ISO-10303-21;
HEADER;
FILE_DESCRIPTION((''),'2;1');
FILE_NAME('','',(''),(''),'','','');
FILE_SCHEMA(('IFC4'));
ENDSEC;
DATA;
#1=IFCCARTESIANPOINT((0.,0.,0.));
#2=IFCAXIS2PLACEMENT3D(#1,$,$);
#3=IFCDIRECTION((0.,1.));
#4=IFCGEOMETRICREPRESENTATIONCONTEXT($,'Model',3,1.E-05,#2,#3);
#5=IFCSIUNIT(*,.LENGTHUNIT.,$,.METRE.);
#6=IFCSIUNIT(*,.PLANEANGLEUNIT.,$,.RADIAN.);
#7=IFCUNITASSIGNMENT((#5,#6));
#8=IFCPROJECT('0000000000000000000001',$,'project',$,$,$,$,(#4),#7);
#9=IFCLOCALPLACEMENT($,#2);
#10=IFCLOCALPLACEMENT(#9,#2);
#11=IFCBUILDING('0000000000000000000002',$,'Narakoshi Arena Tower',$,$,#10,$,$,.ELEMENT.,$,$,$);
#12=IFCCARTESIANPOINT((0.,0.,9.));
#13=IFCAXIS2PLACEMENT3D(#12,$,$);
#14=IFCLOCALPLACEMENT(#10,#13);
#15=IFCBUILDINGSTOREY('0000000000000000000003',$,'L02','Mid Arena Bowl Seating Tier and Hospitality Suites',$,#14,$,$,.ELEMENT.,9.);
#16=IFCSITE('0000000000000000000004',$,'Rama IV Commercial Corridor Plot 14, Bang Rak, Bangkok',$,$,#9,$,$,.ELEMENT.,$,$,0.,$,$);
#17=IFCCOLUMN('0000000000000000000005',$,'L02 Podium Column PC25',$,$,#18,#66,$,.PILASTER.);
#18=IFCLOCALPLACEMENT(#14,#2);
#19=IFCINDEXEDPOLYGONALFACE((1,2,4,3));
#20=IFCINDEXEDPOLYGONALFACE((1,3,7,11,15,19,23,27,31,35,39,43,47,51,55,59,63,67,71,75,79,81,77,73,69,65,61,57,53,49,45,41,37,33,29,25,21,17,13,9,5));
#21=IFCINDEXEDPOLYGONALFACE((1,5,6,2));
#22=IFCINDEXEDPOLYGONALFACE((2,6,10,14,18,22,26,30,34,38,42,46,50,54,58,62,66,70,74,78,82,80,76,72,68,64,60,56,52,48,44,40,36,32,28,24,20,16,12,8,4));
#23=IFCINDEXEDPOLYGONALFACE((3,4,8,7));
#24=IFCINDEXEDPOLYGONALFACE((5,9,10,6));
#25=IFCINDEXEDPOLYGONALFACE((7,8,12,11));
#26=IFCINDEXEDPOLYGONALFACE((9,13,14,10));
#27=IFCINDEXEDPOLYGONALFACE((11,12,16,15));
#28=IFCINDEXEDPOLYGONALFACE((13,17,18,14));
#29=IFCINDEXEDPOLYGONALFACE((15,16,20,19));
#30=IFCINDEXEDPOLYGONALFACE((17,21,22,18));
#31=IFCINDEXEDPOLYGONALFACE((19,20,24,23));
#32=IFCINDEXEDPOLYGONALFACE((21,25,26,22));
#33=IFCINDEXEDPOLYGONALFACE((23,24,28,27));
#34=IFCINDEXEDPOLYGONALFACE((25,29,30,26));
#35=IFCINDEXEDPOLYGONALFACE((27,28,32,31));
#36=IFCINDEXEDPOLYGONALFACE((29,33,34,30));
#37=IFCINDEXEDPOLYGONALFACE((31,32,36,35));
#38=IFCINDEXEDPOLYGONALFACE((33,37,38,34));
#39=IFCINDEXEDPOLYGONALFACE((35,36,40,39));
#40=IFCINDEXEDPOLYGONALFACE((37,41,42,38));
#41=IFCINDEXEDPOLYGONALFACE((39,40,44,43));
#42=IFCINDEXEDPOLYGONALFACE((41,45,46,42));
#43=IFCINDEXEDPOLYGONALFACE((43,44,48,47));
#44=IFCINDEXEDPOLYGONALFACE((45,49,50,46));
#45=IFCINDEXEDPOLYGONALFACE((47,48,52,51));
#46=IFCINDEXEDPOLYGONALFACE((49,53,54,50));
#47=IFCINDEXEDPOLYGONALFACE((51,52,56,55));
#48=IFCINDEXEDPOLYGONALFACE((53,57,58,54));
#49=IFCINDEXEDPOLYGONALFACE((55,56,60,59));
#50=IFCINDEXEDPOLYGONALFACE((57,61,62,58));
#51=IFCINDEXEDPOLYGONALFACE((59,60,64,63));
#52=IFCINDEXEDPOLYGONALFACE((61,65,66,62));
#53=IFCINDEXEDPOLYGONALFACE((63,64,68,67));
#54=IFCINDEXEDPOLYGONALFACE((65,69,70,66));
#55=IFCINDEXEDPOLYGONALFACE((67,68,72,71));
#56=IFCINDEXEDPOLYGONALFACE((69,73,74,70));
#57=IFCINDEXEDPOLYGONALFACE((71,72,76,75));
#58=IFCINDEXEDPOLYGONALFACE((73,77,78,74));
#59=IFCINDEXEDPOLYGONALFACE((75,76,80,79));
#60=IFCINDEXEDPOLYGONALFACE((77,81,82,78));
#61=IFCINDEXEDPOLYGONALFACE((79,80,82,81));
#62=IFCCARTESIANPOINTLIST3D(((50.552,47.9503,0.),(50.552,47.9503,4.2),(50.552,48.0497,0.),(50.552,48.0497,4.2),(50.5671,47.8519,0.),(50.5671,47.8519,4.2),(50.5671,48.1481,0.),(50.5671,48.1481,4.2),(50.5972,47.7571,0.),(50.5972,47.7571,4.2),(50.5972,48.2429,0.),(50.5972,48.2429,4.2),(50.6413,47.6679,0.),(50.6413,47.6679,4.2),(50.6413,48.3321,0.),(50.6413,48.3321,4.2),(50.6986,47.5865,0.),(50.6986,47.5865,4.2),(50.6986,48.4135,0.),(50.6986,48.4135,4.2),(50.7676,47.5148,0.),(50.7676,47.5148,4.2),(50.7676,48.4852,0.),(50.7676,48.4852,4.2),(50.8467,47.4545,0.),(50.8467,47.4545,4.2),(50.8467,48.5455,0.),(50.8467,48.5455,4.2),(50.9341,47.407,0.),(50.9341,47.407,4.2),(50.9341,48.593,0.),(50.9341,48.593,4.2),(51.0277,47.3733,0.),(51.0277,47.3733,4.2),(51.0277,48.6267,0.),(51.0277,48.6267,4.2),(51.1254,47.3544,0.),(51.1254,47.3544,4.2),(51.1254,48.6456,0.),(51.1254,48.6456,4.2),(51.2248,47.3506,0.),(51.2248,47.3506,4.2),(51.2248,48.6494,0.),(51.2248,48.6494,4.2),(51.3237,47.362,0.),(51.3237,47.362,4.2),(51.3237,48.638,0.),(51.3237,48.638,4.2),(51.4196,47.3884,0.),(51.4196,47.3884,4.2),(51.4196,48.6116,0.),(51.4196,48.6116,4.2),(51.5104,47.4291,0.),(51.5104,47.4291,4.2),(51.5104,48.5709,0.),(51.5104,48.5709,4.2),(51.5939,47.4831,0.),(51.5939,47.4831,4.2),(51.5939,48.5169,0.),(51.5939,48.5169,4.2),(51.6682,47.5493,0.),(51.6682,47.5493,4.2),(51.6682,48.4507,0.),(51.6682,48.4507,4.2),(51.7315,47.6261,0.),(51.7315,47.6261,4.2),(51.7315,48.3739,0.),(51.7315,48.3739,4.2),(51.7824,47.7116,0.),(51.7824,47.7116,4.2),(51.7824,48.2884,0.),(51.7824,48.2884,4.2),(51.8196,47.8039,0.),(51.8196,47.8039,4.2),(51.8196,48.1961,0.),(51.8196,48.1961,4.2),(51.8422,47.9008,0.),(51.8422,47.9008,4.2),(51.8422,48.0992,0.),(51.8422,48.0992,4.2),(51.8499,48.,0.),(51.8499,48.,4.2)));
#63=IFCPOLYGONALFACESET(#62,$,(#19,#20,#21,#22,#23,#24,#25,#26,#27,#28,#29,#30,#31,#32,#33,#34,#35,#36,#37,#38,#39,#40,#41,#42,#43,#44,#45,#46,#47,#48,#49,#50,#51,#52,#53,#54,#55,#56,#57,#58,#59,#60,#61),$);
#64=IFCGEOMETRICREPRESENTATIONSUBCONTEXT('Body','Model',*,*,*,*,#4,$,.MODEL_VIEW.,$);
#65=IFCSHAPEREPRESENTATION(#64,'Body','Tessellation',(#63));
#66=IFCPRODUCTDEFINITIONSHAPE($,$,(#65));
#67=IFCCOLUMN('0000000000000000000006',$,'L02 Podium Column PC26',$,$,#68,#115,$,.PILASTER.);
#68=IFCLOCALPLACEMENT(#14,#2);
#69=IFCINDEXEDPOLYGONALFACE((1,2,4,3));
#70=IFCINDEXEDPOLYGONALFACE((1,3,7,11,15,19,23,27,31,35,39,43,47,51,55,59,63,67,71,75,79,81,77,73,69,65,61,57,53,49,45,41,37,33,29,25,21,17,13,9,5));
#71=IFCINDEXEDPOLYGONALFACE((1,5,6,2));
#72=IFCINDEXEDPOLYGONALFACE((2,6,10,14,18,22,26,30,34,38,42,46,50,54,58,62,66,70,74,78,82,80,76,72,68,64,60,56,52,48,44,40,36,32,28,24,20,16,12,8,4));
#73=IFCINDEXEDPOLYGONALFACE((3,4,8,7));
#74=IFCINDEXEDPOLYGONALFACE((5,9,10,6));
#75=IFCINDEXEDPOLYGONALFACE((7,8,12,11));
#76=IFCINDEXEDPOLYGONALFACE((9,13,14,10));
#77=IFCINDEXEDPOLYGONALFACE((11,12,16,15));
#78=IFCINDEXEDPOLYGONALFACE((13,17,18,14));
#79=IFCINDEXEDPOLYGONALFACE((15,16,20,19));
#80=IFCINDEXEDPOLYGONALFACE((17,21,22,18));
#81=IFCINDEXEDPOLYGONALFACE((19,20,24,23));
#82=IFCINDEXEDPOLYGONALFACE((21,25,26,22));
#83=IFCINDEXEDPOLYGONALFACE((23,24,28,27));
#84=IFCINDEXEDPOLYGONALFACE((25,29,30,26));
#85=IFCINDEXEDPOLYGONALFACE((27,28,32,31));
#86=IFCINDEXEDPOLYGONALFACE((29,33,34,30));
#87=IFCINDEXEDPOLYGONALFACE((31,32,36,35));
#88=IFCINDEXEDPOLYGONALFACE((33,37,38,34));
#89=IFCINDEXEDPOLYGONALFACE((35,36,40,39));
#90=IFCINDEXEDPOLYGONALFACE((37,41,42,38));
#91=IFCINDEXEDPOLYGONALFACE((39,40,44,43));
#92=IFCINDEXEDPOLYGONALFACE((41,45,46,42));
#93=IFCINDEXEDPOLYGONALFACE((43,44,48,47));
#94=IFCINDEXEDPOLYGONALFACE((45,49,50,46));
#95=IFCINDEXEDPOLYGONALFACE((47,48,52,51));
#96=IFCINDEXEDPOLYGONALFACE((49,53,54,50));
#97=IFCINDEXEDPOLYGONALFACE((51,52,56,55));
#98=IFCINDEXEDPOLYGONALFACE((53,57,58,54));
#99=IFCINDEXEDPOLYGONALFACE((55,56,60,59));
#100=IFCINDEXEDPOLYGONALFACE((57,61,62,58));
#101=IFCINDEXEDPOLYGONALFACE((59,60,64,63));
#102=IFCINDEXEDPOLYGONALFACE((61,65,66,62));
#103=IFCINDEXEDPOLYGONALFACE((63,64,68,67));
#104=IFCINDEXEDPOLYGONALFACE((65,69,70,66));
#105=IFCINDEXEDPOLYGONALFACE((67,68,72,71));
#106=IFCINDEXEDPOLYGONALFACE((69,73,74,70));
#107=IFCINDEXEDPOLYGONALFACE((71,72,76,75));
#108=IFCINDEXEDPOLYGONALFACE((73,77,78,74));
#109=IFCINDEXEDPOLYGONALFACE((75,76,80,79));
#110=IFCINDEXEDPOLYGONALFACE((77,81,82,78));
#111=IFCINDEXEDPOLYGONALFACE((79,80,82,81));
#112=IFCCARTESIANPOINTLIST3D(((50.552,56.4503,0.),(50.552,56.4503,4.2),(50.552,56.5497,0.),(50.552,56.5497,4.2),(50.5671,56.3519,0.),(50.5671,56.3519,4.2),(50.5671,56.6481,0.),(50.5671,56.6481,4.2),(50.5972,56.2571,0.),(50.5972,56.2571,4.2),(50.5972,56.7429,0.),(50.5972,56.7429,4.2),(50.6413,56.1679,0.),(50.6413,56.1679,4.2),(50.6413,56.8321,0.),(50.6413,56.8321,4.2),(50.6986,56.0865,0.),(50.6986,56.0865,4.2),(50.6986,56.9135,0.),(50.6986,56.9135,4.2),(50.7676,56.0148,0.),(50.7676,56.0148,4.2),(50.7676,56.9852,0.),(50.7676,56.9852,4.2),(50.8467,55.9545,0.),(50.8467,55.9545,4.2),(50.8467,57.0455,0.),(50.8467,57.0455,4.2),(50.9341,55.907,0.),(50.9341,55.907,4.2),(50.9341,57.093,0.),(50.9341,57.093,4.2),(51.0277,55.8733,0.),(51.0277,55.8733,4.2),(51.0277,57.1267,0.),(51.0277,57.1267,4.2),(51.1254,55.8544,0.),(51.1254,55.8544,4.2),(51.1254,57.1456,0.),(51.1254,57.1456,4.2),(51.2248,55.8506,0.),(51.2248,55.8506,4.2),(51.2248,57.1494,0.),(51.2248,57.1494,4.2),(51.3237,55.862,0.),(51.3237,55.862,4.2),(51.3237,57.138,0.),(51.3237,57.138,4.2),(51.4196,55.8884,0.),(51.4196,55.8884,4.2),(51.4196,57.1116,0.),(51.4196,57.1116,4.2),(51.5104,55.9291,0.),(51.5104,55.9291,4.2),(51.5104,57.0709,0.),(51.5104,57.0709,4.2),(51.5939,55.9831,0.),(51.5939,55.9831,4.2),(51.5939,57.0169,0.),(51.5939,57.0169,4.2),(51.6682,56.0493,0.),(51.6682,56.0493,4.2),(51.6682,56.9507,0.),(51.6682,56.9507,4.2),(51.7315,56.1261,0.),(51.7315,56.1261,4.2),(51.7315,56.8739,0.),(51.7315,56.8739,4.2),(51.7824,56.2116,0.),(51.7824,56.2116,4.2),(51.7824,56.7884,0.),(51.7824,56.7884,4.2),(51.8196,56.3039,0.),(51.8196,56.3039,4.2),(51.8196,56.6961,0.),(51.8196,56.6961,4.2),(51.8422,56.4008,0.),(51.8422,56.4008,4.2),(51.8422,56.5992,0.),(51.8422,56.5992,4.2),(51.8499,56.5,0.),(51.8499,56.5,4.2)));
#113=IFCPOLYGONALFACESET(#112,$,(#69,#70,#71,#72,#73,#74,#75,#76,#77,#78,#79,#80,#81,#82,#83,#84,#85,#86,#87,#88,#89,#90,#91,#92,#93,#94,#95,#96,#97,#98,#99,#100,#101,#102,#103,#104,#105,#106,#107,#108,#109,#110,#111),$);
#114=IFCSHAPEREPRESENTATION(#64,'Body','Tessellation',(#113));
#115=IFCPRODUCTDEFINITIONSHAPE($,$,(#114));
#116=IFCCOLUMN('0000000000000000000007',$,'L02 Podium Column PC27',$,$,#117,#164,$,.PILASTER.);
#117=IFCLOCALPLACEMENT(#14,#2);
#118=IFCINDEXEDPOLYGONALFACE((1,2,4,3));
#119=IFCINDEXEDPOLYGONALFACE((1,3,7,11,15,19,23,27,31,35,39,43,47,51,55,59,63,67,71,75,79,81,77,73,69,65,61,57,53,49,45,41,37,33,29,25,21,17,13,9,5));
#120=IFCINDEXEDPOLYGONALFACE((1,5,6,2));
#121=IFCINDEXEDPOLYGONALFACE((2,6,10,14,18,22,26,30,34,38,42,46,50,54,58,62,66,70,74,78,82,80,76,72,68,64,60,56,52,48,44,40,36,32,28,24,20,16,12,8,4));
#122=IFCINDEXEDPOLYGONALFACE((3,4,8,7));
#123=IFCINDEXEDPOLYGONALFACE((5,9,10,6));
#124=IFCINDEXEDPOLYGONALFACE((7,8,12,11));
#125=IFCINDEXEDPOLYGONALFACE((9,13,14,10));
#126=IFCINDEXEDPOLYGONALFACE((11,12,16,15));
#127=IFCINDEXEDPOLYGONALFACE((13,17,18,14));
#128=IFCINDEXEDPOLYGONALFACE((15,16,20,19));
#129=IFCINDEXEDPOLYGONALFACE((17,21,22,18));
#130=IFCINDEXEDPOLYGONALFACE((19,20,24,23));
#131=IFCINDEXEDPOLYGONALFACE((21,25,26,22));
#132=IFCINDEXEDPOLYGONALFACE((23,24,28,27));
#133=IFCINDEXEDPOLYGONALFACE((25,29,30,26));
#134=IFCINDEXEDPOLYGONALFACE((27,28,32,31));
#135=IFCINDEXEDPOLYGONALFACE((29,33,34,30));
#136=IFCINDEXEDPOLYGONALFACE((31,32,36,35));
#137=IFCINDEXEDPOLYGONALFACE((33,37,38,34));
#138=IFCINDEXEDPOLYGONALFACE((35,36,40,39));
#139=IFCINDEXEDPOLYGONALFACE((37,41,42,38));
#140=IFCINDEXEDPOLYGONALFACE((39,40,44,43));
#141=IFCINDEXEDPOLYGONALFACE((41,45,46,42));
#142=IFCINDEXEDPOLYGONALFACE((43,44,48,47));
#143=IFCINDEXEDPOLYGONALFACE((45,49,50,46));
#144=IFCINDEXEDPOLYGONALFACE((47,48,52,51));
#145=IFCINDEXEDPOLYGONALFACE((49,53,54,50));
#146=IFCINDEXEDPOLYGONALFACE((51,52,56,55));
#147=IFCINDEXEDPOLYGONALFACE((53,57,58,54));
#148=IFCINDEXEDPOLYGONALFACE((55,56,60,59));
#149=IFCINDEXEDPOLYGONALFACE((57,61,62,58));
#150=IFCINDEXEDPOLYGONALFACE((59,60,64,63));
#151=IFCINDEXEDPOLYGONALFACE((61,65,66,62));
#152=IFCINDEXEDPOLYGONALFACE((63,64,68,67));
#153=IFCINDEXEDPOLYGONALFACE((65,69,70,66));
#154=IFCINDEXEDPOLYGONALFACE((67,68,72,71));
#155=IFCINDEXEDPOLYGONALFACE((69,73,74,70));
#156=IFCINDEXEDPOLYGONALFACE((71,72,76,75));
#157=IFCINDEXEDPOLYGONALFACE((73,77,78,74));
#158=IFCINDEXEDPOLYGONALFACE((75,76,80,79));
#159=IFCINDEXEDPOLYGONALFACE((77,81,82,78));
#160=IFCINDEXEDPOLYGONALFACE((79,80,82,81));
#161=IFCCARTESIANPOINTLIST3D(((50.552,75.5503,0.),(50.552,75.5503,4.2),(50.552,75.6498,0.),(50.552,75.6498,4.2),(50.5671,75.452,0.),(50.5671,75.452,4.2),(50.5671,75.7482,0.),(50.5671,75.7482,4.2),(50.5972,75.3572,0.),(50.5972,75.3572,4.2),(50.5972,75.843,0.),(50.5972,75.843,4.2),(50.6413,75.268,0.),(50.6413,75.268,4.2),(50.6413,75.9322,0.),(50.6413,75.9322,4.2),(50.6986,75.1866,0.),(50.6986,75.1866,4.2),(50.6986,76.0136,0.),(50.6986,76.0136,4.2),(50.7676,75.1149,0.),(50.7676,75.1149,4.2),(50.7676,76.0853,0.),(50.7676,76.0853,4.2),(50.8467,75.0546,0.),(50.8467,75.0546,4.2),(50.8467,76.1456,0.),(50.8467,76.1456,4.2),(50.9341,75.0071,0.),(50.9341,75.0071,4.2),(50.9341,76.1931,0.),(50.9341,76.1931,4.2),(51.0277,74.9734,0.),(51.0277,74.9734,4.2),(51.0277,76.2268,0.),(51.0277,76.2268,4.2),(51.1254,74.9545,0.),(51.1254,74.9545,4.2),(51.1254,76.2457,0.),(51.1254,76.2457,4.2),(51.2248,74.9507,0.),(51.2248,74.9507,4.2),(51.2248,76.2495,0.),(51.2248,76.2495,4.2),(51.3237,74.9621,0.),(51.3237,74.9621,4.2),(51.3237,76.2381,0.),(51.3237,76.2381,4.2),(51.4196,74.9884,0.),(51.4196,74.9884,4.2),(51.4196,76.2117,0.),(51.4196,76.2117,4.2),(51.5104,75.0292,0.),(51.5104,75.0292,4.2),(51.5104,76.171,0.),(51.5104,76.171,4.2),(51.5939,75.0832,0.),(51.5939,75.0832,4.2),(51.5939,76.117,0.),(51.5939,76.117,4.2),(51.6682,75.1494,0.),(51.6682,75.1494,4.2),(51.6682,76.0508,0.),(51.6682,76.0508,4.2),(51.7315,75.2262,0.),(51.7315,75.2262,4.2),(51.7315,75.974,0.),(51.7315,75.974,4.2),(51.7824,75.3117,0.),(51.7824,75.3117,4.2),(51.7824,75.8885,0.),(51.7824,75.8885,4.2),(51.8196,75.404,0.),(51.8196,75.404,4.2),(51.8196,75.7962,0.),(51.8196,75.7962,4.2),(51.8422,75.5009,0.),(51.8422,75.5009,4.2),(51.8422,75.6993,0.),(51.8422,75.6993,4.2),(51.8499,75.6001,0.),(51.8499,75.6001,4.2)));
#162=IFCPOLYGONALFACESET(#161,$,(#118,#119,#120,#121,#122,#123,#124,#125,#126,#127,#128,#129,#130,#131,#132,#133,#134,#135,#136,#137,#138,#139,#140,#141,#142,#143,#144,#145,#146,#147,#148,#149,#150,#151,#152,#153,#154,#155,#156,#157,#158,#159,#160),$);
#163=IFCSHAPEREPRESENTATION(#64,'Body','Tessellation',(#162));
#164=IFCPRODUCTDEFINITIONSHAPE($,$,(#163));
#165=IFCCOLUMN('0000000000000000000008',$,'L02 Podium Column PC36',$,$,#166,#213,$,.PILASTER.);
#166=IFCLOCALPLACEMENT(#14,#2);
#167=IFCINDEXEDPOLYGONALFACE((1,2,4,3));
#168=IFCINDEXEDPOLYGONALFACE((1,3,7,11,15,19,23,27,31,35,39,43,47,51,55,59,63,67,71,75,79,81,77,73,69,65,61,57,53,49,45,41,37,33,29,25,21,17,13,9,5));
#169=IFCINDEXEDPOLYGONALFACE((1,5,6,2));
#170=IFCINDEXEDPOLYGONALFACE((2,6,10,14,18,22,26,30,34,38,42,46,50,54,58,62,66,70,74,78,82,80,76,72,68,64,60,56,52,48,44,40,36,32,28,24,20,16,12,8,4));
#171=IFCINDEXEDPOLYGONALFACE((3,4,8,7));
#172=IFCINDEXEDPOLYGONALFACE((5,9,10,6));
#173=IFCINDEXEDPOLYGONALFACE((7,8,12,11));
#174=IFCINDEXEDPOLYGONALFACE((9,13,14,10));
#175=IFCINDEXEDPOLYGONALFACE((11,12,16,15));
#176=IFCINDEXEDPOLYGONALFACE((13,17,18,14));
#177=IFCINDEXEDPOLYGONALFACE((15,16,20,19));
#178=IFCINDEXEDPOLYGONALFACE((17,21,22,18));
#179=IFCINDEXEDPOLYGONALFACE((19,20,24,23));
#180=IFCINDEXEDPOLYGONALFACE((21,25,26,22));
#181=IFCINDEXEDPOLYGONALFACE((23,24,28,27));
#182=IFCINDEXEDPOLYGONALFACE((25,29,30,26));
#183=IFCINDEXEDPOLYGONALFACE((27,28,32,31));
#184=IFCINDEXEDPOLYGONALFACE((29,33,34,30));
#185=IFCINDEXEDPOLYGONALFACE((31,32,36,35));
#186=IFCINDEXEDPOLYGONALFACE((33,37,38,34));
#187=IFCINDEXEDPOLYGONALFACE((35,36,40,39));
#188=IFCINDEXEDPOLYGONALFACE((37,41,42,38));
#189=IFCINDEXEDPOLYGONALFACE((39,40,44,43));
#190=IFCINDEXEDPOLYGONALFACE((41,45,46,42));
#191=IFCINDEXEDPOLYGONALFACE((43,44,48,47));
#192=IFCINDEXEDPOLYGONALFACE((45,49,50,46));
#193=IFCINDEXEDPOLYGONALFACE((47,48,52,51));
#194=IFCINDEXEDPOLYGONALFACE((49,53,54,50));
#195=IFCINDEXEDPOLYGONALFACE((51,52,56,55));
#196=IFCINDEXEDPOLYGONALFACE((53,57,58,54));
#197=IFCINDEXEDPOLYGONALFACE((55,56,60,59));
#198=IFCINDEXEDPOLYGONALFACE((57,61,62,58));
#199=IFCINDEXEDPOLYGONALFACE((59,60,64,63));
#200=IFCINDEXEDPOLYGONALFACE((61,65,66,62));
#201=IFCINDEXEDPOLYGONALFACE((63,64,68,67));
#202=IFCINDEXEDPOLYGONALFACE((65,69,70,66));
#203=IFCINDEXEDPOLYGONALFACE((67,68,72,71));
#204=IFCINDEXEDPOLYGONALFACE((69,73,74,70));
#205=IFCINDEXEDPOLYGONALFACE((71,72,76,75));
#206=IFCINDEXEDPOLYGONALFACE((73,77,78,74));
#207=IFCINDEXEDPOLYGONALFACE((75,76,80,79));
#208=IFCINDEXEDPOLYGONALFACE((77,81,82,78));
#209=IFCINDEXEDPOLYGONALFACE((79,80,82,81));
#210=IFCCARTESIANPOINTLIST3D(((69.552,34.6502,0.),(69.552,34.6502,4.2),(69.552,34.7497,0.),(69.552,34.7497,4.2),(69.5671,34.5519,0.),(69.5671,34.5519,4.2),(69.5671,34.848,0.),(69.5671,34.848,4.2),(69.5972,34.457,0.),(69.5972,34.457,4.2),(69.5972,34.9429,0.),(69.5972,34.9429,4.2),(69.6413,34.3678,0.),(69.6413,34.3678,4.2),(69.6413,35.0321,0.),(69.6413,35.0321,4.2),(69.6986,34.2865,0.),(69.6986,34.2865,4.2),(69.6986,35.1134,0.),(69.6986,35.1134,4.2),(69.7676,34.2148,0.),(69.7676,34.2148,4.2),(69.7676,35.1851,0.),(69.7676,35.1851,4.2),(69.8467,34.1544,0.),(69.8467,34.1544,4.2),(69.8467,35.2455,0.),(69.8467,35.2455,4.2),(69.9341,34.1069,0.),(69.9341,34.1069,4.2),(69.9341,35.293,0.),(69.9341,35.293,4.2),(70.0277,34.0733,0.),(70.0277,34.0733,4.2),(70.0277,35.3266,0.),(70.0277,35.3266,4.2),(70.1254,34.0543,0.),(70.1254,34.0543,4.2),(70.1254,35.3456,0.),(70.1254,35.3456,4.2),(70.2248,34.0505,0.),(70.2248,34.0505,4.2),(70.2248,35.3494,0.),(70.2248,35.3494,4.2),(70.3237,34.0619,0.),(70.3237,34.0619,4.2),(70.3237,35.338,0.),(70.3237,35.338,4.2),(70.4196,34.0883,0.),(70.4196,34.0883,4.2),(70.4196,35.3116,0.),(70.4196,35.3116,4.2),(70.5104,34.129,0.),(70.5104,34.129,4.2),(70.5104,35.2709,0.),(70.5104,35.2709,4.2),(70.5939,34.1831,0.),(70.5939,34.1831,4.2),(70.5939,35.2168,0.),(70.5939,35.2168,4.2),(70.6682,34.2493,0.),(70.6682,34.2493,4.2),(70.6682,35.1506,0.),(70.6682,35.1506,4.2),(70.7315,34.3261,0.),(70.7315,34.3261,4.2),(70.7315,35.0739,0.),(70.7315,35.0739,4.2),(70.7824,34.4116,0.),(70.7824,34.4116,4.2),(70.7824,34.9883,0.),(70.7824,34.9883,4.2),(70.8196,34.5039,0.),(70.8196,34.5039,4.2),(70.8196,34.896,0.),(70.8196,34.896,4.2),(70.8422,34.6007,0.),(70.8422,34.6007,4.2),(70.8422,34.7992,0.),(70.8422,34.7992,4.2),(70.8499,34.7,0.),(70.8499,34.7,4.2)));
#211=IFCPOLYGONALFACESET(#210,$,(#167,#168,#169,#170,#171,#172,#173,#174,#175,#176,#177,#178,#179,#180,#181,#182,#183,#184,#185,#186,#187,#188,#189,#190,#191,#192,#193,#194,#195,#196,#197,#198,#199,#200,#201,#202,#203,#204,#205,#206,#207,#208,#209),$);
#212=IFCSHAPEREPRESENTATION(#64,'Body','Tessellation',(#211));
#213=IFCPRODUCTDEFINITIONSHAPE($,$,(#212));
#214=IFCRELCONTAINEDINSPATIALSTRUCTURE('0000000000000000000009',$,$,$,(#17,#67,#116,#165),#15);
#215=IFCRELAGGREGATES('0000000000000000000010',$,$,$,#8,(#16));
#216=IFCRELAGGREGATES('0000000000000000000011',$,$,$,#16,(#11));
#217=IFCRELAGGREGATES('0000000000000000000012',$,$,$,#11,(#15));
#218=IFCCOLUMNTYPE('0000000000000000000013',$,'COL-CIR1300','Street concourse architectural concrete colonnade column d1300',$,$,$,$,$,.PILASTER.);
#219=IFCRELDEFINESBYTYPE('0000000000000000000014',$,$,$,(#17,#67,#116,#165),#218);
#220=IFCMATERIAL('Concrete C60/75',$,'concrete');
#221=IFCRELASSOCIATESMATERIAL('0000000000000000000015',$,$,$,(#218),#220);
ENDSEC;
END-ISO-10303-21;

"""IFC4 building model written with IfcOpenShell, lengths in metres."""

from ifc_helpers import new_model, si_unit, direction, frame, origin, origin_2d, place, context, subcontext, project, spatial, circle, extrude, material, material_profile, profile_set, type_object, element, save


model = new_model("IFC4")

# Units and contexts
model_context = context("Model", 3, precision=1e-05, world=origin(), true_north=direction((0.0, 1.0)))
body_context = subcontext(model_context, "Body", "Model", "MODEL_VIEW")
ifc_project = project(units=[si_unit("LENGTHUNIT", "METRE"), si_unit("PLANEANGLEUNIT", "RADIAN")], contexts=[model_context])

# Site, building, storey
site_placement = place(None, origin())
site = spatial("IfcSite", under=ifc_project, at=site_placement, Name="Rama IV Commercial Corridor Plot 14, Bang Rak, Bangkok", CompositionType="ELEMENT", RefElevation=0.0)
building_placement = place(site_placement, origin())
building = spatial("IfcBuilding", under=site, at=building_placement, Name="Narakoshi Arena Tower", CompositionType="ELEMENT")
storey_placement = place(building_placement, frame((0.0, 0.0, 9.0)))
storey = spatial("IfcBuildingStorey", under=building, at=storey_placement, Name="L02", Description="Mid Arena Bowl Seating Tier and Hospitality Suites", CompositionType="ELEMENT", Elevation=9.0)

# Columns
ifc_material_1 = material(Name="Concrete C60/75", Category="concrete")
ifc_material_profile_1 = material_profile(ifc_material_1, circle(Radius=0.6499, at=origin_2d()), Name="RCC1300")
ifc_profile_set_1 = profile_set([ifc_material_profile_1], Name="Concrete C60/75")
column_type_1 = type_object("IfcColumnType", Name="COL-CIR1300", Description="Street concourse architectural concrete colonnade column d1300", PredefinedType="PILASTER", material=ifc_profile_set_1)
for number, where, z_axis, x_axis, name in (
    (1, (51.2, 48.0, 0.0), (0.0, 0.0, 1.0), (1.0, 0.0, 0.0), "L02 Podium Column PC25"),
    (2, (51.2, 56.5, 0.0), (0.0, 0.0, 1.0), (1.0, 0.0, 0.0), "L02 Podium Column PC26"),
    (3, (51.2, 75.6001, 0.0), (0.0, 0.0, 1.0), (1.0, 0.0, 0.0), "L02 Podium Column PC27"),
    (4, (70.2, 34.7, 0.0), (0.0, 0.0, 1.0), (1.0, 0.0, 0.0), "L02 Podium Column PC36"),
):
    element("IfcColumn", number, at=place(storey_placement, frame(where, z_axis=z_axis, x_axis=x_axis)), inside=storey, type_object=column_type_1, Name=name, PredefinedType="PILASTER", context=body_context, shape_type="SweptSolid", body=[
        extrude(circle(Radius=0.6499, at=origin_2d()), origin(), (0.0, 0.0, 1.0), 4.2),
    ])

save(model, "model.ifc")
